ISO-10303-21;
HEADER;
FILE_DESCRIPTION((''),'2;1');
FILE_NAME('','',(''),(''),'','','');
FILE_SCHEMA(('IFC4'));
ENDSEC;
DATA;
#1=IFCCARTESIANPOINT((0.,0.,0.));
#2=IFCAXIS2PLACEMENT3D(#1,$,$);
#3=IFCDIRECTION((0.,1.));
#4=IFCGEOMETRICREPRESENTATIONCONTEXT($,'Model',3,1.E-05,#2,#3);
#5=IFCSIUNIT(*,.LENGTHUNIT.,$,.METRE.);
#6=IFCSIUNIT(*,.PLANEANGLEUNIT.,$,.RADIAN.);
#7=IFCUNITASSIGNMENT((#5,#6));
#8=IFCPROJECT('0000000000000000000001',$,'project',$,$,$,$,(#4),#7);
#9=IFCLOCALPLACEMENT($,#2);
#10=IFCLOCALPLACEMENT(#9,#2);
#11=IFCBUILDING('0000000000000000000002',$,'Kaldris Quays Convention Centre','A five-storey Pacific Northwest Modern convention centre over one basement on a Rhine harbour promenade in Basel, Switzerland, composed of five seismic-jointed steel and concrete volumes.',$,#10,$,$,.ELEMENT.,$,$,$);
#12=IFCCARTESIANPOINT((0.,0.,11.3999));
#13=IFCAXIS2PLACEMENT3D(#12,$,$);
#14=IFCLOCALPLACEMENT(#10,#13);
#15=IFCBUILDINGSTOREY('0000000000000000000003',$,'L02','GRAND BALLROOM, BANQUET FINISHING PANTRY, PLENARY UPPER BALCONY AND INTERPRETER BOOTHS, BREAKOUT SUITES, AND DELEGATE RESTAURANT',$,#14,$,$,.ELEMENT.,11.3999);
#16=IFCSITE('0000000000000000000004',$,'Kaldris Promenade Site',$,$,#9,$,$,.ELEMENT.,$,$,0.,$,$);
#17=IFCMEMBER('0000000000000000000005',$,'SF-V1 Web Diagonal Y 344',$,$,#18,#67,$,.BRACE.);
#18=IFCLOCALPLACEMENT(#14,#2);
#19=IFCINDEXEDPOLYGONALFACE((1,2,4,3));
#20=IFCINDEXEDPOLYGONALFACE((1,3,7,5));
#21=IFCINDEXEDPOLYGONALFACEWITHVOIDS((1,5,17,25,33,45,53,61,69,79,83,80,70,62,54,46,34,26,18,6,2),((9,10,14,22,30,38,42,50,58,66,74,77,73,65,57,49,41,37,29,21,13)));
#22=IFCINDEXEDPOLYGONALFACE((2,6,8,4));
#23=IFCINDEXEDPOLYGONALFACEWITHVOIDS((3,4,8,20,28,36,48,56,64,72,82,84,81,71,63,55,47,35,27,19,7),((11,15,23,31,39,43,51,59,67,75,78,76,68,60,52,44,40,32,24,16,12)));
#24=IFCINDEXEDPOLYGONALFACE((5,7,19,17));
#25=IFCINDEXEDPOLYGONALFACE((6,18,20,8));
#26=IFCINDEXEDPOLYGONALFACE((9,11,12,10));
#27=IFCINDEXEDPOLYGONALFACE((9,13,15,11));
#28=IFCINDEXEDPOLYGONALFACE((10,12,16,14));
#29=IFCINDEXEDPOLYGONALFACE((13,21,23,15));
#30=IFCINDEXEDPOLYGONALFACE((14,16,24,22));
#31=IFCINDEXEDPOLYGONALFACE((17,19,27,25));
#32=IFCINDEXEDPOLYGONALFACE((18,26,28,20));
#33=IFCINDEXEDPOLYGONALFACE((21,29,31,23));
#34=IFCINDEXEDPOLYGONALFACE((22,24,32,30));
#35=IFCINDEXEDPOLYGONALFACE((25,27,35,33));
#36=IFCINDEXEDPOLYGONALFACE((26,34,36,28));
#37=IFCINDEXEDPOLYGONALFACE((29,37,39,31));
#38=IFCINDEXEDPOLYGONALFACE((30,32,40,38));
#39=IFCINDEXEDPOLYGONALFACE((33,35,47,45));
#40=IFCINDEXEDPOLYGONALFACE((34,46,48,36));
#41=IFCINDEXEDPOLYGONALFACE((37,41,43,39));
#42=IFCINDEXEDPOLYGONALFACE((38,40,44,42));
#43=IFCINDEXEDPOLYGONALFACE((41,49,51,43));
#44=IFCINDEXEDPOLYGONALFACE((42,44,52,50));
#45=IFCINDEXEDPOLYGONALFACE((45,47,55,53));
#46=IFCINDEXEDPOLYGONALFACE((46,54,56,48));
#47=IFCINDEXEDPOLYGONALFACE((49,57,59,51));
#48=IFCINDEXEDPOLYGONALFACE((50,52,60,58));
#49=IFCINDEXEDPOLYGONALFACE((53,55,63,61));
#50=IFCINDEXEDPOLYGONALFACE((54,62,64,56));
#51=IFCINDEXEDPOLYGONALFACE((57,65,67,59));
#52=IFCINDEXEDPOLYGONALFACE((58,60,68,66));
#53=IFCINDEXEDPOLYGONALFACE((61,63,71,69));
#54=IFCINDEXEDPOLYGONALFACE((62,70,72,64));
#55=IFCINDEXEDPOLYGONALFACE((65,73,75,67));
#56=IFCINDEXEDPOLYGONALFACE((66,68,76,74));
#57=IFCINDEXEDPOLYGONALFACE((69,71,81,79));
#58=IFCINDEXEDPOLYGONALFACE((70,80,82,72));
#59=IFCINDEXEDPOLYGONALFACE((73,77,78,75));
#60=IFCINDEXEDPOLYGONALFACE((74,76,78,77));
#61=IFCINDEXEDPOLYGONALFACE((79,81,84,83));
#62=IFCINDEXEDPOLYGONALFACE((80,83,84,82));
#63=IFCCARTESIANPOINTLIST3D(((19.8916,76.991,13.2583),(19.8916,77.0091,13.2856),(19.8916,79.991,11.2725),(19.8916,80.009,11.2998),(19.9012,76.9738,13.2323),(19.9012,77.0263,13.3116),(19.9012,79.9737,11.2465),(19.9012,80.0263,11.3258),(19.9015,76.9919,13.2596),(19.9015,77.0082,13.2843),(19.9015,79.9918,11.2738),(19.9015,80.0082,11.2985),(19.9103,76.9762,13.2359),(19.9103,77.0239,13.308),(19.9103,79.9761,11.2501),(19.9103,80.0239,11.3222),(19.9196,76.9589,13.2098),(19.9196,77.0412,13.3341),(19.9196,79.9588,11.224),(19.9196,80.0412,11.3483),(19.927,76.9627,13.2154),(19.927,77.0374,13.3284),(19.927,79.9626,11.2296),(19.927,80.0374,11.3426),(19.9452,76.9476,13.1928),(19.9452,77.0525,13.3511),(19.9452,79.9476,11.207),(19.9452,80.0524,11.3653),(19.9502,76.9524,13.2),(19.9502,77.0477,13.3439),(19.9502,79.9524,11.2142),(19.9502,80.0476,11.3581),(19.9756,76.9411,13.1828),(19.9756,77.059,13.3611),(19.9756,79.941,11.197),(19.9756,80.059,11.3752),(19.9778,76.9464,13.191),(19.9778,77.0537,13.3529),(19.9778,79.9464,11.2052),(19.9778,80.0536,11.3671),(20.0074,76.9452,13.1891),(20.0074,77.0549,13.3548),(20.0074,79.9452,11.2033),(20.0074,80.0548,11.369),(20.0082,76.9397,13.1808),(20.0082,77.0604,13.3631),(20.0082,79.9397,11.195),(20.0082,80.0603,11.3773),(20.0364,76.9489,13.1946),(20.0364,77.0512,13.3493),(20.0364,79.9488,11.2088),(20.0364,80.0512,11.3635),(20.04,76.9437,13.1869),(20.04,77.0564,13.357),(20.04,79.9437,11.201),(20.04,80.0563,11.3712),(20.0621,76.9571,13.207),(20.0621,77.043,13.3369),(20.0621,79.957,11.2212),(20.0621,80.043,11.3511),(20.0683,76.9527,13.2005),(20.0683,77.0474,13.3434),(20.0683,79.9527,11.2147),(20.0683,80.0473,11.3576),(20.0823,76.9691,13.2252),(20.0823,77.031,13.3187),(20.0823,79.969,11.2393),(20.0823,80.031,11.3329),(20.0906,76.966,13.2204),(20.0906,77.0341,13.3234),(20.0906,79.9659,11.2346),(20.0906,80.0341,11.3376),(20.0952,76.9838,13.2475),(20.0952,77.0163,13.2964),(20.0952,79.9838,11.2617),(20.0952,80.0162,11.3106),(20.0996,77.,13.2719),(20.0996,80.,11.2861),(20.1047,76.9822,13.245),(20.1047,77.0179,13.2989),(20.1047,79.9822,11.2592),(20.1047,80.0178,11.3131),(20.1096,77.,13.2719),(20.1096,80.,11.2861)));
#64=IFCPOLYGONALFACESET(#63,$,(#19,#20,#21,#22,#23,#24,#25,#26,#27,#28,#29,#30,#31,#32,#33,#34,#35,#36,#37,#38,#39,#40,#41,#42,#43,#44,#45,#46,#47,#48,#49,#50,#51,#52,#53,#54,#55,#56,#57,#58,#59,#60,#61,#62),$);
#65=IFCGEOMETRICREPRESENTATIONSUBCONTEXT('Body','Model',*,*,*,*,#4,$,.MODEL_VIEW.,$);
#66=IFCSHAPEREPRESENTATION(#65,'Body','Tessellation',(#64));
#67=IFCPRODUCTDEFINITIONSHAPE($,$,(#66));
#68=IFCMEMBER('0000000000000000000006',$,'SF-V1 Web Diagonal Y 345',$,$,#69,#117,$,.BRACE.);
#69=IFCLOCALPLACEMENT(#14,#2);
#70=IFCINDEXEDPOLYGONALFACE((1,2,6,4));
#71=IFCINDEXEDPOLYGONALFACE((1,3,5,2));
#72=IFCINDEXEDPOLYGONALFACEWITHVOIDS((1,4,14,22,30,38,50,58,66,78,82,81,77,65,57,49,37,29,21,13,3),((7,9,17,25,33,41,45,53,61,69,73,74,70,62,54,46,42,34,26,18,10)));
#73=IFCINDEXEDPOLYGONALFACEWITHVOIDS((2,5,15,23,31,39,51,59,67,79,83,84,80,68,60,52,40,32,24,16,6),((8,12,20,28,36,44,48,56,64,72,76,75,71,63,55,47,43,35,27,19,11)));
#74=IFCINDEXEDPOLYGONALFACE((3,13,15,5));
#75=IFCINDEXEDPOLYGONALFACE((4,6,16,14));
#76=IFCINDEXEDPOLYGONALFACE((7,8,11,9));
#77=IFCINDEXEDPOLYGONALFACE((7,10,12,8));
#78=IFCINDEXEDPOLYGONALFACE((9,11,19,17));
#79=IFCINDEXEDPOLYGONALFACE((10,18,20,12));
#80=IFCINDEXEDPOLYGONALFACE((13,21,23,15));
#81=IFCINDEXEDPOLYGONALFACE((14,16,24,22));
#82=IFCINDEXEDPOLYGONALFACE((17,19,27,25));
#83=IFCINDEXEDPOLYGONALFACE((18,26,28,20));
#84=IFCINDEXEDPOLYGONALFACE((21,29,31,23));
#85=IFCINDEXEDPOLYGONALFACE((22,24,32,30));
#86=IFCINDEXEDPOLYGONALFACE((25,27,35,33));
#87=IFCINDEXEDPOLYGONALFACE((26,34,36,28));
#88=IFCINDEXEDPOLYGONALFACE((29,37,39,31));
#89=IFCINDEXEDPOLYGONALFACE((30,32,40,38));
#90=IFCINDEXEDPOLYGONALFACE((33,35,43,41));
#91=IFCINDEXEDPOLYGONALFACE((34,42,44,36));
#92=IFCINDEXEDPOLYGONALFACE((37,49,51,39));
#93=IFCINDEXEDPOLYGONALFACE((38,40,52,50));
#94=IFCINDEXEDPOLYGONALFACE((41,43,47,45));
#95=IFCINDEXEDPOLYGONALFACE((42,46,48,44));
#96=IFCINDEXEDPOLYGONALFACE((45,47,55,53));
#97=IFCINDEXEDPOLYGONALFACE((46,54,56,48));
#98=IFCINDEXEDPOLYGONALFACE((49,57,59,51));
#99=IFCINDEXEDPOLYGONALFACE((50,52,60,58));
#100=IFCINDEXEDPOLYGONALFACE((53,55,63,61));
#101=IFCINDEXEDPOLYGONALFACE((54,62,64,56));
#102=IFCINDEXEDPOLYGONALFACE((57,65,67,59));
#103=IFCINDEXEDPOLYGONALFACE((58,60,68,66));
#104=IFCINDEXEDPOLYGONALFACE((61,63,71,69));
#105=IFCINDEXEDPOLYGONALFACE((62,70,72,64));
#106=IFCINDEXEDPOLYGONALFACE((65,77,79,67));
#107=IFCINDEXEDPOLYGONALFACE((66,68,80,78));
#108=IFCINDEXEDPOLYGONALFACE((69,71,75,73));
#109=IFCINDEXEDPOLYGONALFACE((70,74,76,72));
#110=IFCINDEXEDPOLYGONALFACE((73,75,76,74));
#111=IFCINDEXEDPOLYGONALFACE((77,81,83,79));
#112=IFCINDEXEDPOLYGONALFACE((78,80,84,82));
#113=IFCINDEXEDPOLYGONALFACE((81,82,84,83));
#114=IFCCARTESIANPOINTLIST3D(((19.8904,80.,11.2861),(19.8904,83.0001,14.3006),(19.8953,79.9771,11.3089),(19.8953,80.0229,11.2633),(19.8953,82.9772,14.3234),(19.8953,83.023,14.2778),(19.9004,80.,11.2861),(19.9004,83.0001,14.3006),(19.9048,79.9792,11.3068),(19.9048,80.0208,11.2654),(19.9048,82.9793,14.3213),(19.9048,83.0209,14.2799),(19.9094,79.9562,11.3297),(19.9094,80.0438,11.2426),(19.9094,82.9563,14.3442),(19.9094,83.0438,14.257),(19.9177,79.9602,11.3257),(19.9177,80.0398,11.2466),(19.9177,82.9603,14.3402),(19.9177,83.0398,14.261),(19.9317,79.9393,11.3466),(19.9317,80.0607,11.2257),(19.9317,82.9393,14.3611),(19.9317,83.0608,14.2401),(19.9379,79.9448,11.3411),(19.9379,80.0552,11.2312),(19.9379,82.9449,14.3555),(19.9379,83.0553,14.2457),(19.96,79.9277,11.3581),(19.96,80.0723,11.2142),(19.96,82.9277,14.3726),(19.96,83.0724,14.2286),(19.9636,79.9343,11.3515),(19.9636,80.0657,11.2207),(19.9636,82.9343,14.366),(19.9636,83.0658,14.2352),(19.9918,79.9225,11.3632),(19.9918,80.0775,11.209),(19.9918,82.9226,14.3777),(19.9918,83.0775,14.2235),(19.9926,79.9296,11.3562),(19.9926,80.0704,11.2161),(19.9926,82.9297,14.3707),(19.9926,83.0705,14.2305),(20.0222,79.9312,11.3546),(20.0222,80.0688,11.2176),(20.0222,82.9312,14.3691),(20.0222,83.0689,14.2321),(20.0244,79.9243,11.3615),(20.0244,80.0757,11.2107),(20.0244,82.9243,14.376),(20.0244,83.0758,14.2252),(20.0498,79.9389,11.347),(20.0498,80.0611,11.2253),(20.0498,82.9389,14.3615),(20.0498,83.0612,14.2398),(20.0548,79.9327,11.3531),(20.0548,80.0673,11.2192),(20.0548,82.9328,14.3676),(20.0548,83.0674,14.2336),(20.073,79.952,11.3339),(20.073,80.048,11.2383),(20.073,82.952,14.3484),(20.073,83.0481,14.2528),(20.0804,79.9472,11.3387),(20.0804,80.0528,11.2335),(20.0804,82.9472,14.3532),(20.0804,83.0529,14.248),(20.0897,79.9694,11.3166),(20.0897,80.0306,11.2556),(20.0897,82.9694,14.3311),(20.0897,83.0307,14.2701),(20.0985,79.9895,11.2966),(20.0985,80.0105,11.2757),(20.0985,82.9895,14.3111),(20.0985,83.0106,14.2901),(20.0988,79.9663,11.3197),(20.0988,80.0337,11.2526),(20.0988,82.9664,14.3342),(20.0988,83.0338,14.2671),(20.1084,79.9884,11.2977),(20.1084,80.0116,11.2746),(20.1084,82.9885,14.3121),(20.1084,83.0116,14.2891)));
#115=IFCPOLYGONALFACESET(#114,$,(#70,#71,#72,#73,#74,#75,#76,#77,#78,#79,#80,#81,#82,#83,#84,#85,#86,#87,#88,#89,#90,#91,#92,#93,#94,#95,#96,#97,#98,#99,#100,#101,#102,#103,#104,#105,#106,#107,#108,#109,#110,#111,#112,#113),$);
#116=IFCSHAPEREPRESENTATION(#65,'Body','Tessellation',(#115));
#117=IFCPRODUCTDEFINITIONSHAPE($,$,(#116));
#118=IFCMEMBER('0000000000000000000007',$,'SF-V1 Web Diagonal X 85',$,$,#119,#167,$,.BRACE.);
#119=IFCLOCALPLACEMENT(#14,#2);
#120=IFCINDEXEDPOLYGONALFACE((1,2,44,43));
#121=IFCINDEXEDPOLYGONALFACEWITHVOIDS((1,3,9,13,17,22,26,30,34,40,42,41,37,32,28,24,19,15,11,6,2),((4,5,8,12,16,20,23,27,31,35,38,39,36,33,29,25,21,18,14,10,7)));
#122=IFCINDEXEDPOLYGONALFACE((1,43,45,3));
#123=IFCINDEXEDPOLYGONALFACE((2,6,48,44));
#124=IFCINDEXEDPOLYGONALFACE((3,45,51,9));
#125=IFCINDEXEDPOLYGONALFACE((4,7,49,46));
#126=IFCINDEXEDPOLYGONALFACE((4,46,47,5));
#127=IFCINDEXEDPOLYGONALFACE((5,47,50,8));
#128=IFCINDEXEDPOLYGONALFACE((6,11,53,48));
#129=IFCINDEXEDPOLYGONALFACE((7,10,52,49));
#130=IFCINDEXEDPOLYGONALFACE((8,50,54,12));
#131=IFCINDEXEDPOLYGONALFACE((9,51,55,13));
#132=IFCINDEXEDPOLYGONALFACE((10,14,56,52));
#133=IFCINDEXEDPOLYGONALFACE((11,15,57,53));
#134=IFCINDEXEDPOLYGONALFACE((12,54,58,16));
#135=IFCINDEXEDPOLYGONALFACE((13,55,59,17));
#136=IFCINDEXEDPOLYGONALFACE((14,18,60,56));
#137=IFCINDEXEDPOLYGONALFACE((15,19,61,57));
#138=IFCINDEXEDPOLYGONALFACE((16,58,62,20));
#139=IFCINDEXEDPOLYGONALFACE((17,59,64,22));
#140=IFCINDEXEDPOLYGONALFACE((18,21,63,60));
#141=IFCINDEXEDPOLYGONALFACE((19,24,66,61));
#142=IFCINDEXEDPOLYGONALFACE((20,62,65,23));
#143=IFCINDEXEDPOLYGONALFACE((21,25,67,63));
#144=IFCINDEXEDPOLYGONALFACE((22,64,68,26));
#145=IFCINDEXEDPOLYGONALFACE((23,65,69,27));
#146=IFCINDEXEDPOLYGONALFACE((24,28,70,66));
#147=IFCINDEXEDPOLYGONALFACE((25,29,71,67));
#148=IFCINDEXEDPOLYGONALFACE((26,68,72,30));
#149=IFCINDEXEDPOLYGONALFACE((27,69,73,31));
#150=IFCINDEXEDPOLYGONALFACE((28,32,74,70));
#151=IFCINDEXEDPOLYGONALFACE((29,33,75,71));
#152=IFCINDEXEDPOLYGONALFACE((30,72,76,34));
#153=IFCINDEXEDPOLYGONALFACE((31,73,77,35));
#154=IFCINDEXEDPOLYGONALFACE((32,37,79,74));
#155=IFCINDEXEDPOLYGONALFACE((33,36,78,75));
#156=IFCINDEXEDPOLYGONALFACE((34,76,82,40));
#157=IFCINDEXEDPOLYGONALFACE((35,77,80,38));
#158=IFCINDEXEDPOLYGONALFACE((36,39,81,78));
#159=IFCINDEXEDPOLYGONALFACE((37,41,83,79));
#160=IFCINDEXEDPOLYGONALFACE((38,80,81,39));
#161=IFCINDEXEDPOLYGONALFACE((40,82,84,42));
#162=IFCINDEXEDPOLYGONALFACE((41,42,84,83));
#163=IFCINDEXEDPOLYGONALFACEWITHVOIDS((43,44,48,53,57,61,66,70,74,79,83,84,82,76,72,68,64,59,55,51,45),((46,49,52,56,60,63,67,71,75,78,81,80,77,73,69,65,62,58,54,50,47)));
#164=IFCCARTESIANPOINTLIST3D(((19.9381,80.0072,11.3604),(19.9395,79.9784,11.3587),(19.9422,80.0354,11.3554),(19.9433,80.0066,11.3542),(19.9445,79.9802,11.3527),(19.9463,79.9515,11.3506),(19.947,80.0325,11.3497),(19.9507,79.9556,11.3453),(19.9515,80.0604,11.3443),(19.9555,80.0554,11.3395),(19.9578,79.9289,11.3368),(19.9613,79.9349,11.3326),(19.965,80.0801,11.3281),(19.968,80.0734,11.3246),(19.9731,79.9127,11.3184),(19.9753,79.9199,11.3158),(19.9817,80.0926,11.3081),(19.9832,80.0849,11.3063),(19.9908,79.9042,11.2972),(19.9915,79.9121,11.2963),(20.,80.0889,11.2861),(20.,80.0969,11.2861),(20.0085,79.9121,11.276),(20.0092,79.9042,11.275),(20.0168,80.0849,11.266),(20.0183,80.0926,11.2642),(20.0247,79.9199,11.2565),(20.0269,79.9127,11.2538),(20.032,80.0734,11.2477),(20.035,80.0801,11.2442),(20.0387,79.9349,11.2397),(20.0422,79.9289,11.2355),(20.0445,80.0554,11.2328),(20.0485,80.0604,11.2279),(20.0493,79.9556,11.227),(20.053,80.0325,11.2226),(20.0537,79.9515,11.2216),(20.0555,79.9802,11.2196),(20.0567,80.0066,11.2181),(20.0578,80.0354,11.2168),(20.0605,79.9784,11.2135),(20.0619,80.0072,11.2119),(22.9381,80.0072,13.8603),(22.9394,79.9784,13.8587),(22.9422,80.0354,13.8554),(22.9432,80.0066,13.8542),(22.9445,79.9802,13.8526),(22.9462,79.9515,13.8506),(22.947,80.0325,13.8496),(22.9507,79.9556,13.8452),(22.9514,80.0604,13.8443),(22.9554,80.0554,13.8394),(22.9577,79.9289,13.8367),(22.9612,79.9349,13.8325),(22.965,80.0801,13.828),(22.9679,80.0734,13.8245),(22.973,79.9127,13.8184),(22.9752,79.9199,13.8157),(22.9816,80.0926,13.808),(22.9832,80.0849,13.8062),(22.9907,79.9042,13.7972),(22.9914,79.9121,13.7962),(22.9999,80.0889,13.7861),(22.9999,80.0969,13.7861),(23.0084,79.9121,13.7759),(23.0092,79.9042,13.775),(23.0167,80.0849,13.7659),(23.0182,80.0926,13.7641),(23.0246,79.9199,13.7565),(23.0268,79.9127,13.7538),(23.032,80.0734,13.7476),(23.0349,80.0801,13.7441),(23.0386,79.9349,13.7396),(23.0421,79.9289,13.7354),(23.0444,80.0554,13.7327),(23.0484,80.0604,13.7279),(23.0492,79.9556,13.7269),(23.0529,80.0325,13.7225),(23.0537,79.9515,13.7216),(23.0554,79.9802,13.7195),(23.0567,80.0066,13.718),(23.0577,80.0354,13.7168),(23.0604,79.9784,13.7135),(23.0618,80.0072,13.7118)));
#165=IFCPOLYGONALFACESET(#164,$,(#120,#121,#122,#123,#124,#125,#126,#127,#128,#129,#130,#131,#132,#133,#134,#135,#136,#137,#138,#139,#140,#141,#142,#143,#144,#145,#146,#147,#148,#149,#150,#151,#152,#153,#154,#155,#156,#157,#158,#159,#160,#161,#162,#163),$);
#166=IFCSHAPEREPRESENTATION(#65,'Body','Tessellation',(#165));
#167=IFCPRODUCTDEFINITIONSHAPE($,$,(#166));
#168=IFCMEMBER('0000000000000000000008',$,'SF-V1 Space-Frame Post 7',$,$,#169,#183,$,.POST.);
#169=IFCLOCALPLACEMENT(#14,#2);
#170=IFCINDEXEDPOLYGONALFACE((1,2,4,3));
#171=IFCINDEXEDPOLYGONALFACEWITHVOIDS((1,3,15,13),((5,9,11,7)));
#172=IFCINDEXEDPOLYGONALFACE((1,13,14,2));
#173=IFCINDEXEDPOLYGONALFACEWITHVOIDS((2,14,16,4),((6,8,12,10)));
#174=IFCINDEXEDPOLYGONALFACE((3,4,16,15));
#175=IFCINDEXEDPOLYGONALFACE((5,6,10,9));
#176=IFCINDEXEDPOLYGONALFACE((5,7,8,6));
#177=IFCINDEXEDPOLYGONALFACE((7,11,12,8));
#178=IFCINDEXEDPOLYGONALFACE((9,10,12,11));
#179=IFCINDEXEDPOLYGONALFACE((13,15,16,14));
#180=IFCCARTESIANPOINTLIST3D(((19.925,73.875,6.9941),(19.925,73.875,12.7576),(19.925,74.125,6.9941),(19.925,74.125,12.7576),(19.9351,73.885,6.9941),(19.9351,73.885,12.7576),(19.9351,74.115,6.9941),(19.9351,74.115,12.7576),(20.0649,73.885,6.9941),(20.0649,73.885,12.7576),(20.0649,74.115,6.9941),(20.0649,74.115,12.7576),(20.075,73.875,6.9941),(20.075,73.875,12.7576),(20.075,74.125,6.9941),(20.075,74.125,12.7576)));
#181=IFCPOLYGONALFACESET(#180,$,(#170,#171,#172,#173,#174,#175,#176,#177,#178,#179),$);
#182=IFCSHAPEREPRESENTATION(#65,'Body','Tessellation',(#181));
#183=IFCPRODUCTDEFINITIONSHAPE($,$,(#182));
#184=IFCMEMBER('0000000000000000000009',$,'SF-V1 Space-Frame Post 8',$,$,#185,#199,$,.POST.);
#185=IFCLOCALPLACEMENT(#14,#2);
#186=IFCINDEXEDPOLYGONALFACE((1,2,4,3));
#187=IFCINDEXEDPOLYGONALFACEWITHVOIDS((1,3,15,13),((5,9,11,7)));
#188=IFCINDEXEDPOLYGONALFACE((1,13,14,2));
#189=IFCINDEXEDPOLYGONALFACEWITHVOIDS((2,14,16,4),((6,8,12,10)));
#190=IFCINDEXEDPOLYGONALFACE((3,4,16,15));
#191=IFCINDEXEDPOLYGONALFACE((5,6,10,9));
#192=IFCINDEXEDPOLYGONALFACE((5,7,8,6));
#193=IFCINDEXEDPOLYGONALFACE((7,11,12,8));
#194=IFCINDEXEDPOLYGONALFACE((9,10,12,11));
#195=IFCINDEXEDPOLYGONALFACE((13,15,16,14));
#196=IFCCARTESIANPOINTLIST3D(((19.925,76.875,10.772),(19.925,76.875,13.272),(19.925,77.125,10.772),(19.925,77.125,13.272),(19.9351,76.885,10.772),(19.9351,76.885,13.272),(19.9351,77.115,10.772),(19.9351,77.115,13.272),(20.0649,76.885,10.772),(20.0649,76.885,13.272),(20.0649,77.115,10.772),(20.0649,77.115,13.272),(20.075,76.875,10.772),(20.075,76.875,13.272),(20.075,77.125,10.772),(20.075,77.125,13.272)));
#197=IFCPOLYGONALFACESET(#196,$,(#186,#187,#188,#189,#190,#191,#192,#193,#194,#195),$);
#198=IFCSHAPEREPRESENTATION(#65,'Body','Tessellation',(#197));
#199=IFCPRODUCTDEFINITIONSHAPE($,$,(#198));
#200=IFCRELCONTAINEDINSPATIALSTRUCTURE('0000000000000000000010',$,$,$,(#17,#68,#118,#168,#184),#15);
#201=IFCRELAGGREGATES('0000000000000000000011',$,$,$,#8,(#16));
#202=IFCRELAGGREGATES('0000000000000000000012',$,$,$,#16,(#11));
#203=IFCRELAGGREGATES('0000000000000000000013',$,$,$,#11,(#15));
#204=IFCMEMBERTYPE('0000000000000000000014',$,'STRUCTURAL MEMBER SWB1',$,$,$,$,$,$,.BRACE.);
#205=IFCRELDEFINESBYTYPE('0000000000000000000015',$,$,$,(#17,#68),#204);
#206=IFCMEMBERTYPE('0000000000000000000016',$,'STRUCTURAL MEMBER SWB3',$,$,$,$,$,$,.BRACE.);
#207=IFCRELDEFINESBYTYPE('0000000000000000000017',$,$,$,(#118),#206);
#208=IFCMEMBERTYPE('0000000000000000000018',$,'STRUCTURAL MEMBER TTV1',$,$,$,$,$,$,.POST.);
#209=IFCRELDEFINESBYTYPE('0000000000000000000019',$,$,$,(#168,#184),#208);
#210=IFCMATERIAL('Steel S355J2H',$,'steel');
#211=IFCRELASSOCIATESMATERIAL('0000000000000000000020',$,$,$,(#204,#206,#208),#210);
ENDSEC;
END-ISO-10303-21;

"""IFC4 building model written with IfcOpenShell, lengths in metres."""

from ifc_helpers import new_model, si_unit, direction, frame, origin, origin_2d, place, context, subcontext, project, spatial, hollow_rectangle, hollow_circle, extrude, material, material_profile, profile_set, type_object, element, save


model = new_model("IFC4")

# Units and contexts
model_context = context("Model", 3, precision=1e-05, world=origin(), true_north=direction((0.0, 1.0)))
body_context = subcontext(model_context, "Body", "Model", "MODEL_VIEW")
ifc_project = project(units=[si_unit("LENGTHUNIT", "METRE"), si_unit("PLANEANGLEUNIT", "RADIAN")], contexts=[model_context])

# Site, building, storey
site_placement = place(None, origin())
site = spatial("IfcSite", under=ifc_project, at=site_placement, Name="Kaldris Promenade Site", CompositionType="ELEMENT", RefElevation=0.0)
building_placement = place(site_placement, origin())
building = spatial("IfcBuilding", under=site, at=building_placement, Name="Kaldris Quays Convention Centre", Description="A five-storey Pacific Northwest Modern convention centre over one basement on a Rhine harbour promenade in Basel, Switzerland, composed of five seismic-jointed steel and concrete volumes.", CompositionType="ELEMENT")
storey_placement = place(building_placement, frame((0.0, 0.0, 11.3999)))
storey = spatial("IfcBuildingStorey", under=building, at=storey_placement, Name="L02", Description="GRAND BALLROOM, BANQUET FINISHING PANTRY, PLENARY UPPER BALCONY AND INTERPRETER BOOTHS, BREAKOUT SUITES, AND DELEGATE RESTAURANT", CompositionType="ELEMENT", Elevation=11.3999)

# Members
ifc_material_1 = material(Name="Steel S355J2H", Category="steel")
ifc_material_profile_1 = material_profile(ifc_material_1, hollow_circle(Radius=0.1096, WallThickness=0.01, at=origin_2d()), Name="CHS 219.1x10")
ifc_profile_set_1 = profile_set([ifc_material_profile_1], Name="Steel S355J2H")
member_type_1 = type_object("IfcMemberType", Name="STRUCTURAL MEMBER SWB1", PredefinedType="BRACE", material=ifc_profile_set_1)
member_1_placement = place(storey_placement, frame((20.0, 80.0, 11.2861), z_axis=(0.0, -0.833862, 0.551972), x_axis=(1.0, 0.0, 0.0)))
element("IfcMember", 1, at=member_1_placement, inside=storey, type_object=member_type_1, Name="SF-V1 Web Diagonal Y 344", PredefinedType="BRACE", context=body_context, shape_type="SweptSolid", body=[
    extrude(hollow_circle(Radius=0.1096, WallThickness=0.01, at=origin_2d()), origin(), (0.0, 0.0, 1.0), 3.5977),
])
member_2_placement = place(storey_placement, frame((20.0, 80.0, 11.2861), z_axis=(0.0, 0.705411, 0.708798), x_axis=(-1.0, 0.0, 0.0)))
element("IfcMember", 2, at=member_2_placement, inside=storey, type_object=member_type_1, Name="SF-V1 Web Diagonal Y 345", PredefinedType="BRACE", context=body_context, shape_type="SweptSolid", body=[
    extrude(hollow_circle(Radius=0.1096, WallThickness=0.01, at=origin_2d()), origin(), (0.0, 0.0, 1.0), 4.2529),
])
ifc_material_profile_2 = material_profile(ifc_material_1, hollow_circle(Radius=0.0969, WallThickness=0.0081, at=origin_2d()), Name="CHS 193.7x8")
ifc_profile_set_2 = profile_set([ifc_material_profile_2], Name="Steel S355J2H")
member_type_2 = type_object("IfcMemberType", Name="STRUCTURAL MEMBER SWB3", PredefinedType="BRACE", material=ifc_profile_set_2)
member_3_placement = place(storey_placement, frame((20.0, 80.0, 11.2861), z_axis=(0.768221, 0.0, 0.640184), x_axis=(0.0, 1.0, 0.0)))
element("IfcMember", 3, at=member_3_placement, inside=storey, type_object=member_type_2, Name="SF-V1 Web Diagonal X 85", PredefinedType="BRACE", context=body_context, shape_type="SweptSolid", body=[
    extrude(hollow_circle(Radius=0.0969, WallThickness=0.0081, at=origin_2d()), origin(), (0.0, 0.0, 1.0), 3.905),
])
ifc_material_profile_3 = material_profile(ifc_material_1, hollow_rectangle(XDim=0.1499, YDim=0.25, WallThickness=0.01, at=origin_2d()), Name="RHS 250x150x10")
ifc_profile_set_3 = profile_set([ifc_material_profile_3], Name="Steel S355J2H")
member_type_3 = type_object("IfcMemberType", Name="STRUCTURAL MEMBER TTV1", PredefinedType="POST", material=ifc_profile_set_3)
member_4_placement = place(storey_placement, frame((20.0, 74.0, 6.9941), z_axis=(0.0, 0.0, 1.0), x_axis=(1.0, 0.0, 0.0)))
element("IfcMember", 4, at=member_4_placement, inside=storey, type_object=member_type_3, Name="SF-V1 Space-Frame Post 7", PredefinedType="POST", context=body_context, shape_type="SweptSolid", body=[
    extrude(hollow_rectangle(XDim=0.1499, YDim=0.25, WallThickness=0.01, at=origin_2d()), origin(), (0.0, 0.0, 1.0), 5.7634),
])
member_5_placement = place(storey_placement, frame((20.0, 77.0, 10.772), z_axis=(0.0, 0.0, 1.0), x_axis=(1.0, 0.0, 0.0)))
element("IfcMember", 5, at=member_5_placement, inside=storey, type_object=member_type_3, Name="SF-V1 Space-Frame Post 8", PredefinedType="POST", context=body_context, shape_type="SweptSolid", body=[
    extrude(hollow_rectangle(XDim=0.1499, YDim=0.25, WallThickness=0.01, at=origin_2d()), origin(), (0.0, 0.0, 1.0), 2.5),
])

save(model, "model.ifc")
